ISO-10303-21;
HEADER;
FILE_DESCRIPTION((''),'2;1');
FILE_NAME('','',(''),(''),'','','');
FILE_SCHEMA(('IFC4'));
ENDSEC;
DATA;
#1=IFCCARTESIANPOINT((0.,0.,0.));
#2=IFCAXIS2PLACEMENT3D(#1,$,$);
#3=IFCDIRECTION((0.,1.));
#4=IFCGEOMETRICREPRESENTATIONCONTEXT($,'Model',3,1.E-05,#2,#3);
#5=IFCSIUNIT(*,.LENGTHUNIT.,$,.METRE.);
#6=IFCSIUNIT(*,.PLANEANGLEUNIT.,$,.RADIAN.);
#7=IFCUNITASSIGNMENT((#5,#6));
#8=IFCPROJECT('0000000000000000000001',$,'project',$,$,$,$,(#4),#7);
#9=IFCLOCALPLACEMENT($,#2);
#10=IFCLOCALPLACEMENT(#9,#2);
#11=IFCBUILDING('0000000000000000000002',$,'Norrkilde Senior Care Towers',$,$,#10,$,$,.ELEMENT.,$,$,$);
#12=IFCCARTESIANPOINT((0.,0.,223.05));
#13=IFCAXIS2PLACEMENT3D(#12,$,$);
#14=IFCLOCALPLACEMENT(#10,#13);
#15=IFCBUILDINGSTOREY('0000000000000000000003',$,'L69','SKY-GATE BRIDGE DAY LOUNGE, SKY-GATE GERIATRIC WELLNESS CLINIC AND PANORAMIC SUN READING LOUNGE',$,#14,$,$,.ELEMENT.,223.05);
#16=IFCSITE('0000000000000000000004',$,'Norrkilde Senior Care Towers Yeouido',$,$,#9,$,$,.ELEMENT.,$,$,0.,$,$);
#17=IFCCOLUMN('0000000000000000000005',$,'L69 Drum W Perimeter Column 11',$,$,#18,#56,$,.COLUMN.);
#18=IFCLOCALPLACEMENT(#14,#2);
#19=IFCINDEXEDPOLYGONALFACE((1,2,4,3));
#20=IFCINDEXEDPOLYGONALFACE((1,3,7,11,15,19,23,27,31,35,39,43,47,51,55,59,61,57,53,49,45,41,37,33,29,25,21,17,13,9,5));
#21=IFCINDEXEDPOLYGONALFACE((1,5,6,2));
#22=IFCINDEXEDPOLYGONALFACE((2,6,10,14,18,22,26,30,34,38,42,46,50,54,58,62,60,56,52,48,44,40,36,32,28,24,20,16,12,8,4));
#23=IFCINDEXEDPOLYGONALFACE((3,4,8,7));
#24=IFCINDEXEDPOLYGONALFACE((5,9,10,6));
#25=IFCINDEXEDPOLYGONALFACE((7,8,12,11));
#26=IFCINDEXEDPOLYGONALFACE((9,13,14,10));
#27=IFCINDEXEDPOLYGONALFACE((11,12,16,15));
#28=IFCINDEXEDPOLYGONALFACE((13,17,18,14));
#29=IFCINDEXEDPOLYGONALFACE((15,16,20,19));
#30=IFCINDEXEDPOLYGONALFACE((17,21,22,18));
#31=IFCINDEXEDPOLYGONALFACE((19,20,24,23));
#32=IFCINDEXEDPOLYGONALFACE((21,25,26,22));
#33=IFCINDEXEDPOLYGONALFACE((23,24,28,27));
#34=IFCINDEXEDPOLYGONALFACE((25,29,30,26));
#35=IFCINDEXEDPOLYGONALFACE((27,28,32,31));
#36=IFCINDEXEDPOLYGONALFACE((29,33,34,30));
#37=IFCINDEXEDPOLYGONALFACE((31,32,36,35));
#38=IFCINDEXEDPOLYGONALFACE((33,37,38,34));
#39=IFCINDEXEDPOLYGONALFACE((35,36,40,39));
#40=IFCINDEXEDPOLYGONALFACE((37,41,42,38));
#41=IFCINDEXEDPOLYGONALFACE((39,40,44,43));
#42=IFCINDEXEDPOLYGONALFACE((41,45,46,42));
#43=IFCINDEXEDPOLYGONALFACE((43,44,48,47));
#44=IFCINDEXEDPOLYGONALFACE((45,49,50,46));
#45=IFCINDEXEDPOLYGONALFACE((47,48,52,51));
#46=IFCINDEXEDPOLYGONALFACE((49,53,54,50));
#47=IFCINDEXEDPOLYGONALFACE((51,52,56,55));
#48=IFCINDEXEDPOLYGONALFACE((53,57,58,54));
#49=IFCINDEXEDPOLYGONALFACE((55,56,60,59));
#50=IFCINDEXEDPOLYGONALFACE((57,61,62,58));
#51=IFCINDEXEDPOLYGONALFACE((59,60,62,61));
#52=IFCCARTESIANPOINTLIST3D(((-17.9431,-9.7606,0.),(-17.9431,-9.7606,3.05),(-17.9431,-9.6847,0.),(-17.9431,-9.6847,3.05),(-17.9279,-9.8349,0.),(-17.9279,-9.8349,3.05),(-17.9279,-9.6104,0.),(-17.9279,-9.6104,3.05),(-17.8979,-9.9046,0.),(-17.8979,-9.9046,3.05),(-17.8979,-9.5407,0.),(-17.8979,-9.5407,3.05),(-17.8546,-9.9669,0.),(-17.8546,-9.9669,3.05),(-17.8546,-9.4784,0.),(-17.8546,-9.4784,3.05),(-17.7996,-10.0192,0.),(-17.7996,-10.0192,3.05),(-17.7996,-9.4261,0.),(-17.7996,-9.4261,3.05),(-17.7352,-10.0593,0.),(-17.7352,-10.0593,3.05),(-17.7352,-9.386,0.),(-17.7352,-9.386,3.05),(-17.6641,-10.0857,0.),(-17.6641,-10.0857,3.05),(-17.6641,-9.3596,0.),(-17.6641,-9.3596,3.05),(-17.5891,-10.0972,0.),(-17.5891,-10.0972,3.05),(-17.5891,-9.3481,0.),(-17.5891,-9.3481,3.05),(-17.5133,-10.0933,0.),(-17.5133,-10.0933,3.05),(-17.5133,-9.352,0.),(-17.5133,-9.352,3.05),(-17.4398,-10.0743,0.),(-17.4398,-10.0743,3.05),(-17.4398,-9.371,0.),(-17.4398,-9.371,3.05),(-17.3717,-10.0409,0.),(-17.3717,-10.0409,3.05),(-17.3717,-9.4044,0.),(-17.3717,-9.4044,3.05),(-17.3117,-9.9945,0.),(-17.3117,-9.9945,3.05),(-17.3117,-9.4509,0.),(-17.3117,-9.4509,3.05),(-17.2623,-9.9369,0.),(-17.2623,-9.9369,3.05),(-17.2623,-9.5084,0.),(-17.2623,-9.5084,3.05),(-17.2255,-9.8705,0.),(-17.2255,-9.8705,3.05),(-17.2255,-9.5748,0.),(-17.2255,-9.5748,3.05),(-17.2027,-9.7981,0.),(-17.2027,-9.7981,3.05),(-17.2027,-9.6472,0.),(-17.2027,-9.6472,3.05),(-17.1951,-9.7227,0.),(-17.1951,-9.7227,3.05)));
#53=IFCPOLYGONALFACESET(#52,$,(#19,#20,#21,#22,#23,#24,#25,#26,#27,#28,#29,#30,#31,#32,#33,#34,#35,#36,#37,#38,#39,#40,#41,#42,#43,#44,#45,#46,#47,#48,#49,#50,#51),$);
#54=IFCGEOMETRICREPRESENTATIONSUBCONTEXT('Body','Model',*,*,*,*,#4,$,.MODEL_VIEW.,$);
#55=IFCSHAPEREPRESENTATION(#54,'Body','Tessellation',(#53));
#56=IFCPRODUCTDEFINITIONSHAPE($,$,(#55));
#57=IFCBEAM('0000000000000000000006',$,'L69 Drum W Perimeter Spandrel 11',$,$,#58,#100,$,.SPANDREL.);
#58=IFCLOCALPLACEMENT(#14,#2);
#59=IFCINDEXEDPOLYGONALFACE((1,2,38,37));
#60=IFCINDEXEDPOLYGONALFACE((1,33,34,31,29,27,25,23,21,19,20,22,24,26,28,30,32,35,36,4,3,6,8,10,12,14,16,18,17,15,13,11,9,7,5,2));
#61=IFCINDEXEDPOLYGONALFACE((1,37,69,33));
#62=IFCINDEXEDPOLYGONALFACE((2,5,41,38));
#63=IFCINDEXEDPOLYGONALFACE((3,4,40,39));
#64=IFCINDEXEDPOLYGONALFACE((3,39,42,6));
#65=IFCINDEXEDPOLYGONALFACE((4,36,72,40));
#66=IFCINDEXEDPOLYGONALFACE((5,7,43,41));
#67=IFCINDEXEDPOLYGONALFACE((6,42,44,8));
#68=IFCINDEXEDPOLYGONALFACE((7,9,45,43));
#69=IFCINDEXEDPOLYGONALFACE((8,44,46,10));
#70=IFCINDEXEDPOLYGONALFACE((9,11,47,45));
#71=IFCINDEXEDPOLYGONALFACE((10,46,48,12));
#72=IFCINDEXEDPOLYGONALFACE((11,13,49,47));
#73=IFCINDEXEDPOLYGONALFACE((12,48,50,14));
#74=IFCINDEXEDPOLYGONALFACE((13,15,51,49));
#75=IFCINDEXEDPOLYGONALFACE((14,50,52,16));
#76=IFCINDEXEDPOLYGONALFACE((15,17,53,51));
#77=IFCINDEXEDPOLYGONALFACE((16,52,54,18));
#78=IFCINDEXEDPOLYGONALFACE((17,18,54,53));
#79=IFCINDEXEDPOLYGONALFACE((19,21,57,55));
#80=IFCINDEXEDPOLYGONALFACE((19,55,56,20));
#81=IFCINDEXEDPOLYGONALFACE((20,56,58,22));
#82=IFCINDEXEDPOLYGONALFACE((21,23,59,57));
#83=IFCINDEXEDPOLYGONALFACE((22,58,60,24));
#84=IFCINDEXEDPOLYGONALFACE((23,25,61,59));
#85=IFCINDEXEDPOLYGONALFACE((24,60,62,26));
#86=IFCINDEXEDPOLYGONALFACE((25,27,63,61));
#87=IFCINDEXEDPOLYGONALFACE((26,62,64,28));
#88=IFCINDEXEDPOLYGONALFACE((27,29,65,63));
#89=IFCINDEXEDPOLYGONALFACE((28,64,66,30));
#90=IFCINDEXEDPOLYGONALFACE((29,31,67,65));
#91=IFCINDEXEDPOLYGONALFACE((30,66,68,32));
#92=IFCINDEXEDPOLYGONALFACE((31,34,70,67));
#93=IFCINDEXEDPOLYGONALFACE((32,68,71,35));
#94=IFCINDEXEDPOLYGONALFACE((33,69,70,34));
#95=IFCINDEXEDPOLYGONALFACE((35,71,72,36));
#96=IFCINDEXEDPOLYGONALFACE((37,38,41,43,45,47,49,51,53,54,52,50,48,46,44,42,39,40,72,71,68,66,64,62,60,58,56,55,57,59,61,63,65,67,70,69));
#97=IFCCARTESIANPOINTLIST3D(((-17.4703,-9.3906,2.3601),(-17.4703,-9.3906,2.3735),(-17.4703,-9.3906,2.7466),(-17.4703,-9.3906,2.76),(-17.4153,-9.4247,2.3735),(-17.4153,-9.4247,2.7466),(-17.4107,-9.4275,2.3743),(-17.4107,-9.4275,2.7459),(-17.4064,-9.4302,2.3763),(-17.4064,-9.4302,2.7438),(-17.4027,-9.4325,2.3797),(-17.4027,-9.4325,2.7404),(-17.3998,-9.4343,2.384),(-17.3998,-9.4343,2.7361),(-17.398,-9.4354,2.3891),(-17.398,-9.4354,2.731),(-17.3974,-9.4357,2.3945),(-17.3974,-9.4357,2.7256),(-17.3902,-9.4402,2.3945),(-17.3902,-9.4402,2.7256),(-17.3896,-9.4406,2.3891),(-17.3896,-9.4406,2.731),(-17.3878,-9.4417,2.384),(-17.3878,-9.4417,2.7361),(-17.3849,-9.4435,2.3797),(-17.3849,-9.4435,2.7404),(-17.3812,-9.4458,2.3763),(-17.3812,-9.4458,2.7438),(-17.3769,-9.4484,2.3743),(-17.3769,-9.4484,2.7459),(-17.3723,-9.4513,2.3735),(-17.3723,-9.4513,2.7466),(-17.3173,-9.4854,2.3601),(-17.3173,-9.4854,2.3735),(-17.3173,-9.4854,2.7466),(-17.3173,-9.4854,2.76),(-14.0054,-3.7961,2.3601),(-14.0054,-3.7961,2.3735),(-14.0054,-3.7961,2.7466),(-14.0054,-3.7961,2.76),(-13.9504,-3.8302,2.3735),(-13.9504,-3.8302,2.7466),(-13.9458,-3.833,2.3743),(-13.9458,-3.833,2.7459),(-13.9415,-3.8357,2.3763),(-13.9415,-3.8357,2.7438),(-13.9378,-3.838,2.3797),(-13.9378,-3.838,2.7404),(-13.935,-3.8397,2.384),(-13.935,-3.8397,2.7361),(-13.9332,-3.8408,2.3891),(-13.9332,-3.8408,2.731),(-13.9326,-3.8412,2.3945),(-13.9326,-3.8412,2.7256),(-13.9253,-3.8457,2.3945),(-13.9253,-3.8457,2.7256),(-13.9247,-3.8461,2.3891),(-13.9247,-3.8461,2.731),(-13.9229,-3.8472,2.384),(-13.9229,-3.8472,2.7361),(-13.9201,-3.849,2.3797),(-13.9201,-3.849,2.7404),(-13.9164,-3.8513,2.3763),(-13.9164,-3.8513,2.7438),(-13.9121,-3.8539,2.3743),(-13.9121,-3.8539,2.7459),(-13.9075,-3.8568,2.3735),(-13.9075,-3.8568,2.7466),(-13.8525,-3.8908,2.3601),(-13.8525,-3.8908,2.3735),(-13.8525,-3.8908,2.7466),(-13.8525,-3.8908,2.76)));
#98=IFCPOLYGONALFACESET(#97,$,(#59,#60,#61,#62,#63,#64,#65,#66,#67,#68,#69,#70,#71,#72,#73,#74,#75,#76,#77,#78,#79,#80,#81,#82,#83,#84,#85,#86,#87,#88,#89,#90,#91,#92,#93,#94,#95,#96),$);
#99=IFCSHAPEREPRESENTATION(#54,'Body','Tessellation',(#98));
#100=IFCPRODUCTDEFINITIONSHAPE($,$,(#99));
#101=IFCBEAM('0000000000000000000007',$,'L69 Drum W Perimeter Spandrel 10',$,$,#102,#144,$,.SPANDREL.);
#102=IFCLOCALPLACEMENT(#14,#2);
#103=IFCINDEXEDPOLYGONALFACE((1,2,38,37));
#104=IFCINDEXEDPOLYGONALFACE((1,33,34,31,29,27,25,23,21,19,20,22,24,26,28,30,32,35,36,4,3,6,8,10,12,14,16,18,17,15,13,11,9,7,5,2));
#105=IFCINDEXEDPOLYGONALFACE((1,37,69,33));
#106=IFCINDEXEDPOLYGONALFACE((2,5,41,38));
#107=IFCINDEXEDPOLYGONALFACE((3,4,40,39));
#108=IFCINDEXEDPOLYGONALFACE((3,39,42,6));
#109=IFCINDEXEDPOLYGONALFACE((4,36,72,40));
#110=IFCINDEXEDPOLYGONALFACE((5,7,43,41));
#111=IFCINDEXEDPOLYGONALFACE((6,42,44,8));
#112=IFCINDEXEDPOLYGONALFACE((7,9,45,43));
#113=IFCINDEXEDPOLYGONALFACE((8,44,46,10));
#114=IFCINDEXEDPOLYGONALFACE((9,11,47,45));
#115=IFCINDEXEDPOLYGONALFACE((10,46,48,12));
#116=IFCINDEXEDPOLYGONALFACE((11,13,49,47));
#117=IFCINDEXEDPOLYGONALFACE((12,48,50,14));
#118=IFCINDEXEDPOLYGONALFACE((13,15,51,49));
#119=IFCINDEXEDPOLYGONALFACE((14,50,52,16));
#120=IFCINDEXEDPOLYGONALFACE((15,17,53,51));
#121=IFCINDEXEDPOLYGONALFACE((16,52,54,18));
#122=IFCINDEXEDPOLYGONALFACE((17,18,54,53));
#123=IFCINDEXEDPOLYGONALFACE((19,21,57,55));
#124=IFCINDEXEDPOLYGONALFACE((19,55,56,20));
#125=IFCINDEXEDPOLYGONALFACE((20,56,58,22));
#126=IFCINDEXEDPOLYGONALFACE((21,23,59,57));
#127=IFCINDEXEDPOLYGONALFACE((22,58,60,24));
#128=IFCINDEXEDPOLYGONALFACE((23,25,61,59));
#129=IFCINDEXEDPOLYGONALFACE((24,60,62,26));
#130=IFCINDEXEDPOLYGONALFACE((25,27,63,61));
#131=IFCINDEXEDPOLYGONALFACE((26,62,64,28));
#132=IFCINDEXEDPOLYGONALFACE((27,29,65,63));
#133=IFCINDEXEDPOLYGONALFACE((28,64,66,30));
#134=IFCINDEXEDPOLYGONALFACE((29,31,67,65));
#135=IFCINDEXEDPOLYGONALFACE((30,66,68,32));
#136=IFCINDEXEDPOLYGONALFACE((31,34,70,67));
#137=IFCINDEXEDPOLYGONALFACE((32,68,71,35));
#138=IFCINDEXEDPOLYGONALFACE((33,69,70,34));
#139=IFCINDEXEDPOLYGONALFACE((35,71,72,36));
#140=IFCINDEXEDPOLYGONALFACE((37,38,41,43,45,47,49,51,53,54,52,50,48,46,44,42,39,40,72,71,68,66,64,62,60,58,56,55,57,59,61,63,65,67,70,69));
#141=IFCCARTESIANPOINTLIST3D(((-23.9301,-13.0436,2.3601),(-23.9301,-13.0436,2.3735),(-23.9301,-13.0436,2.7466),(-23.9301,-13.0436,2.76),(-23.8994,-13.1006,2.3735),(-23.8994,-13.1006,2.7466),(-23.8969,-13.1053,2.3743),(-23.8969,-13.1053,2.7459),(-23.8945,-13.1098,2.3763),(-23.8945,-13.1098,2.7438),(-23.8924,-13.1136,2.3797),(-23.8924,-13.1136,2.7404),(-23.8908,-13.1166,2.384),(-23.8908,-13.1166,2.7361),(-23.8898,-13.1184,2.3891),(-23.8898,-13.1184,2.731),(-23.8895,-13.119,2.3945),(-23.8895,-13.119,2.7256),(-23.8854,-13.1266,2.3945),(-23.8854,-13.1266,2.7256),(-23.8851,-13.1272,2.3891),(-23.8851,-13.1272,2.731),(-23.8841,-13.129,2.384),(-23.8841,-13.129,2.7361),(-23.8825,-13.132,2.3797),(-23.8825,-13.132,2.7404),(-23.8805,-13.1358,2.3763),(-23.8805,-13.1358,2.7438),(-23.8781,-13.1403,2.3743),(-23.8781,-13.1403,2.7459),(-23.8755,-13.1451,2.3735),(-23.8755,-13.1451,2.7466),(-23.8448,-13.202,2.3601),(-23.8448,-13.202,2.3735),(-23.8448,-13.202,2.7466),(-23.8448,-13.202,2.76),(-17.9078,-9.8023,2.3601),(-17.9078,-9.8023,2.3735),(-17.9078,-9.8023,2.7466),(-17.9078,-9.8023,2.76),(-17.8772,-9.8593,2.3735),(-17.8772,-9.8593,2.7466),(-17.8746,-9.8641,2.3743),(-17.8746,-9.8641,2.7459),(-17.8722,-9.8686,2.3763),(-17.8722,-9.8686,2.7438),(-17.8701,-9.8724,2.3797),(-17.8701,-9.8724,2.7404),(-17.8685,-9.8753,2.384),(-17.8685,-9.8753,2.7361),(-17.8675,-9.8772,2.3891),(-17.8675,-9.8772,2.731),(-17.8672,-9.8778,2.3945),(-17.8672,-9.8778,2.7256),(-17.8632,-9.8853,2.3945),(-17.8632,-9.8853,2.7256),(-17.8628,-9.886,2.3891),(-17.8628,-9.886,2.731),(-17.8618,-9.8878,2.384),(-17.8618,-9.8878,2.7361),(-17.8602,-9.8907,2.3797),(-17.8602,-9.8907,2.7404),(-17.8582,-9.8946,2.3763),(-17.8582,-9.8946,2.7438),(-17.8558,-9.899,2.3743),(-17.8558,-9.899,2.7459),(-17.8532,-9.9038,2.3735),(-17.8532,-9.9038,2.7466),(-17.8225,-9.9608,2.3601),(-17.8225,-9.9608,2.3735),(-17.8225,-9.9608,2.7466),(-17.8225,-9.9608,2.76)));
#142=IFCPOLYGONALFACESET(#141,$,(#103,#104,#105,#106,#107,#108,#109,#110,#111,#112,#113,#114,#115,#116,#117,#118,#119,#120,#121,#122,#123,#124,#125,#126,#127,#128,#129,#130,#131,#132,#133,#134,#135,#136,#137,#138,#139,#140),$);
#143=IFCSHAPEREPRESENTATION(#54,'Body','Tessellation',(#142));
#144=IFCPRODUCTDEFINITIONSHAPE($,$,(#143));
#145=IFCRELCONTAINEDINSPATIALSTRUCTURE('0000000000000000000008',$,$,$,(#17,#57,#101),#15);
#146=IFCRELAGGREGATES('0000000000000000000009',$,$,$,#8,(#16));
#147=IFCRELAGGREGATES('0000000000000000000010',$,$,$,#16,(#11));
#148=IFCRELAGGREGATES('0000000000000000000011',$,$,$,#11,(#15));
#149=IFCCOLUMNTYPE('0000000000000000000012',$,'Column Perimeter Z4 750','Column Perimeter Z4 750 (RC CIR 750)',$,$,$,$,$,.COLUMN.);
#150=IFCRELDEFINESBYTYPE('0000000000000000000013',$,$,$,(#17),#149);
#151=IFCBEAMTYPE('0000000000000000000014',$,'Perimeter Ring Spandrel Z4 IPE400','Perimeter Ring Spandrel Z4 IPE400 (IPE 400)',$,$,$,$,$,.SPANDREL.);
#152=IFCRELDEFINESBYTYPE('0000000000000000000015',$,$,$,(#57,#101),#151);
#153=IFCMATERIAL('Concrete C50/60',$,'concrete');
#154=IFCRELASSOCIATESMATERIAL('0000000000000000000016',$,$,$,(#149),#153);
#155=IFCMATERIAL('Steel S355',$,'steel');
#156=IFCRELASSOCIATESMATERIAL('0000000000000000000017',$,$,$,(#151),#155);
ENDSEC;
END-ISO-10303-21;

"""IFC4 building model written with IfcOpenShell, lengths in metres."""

from ifc_helpers import new_model, si_unit, direction, frame, origin, origin_2d, place, context, subcontext, project, spatial, circle, i_section, extrude, source, transform, mapped, material, material_profile, profile_set, type_object, type_shapes, element, save


model = new_model("IFC4")

# Units and contexts
model_context = context("Model", 3, precision=1e-05, world=origin(), true_north=direction((0.0, 1.0)))
body_context = subcontext(model_context, "Body", "Model", "MODEL_VIEW")
ifc_project = project(units=[si_unit("LENGTHUNIT", "METRE"), si_unit("PLANEANGLEUNIT", "RADIAN")], contexts=[model_context])

# Site, building, storey
site_placement = place(None, origin())
site = spatial("IfcSite", under=ifc_project, at=site_placement, Name="Norrkilde Senior Care Towers Yeouido", CompositionType="ELEMENT", RefElevation=0.0)
building_placement = place(site_placement, origin())
building = spatial("IfcBuilding", under=site, at=building_placement, Name="Norrkilde Senior Care Towers", CompositionType="ELEMENT")
storey_placement = place(building_placement, frame((0.0, 0.0, 223.05)))
storey = spatial("IfcBuildingStorey", under=building, at=storey_placement, Name="L69", Description="SKY-GATE BRIDGE DAY LOUNGE, SKY-GATE GERIATRIC WELLNESS CLINIC AND PANORAMIC SUN READING LOUNGE", CompositionType="ELEMENT", Elevation=223.05)

# Column
ifc_material_1 = material(Name="Concrete C50/60", Category="concrete")
ifc_material_profile_1 = material_profile(ifc_material_1, circle(Radius=0.375, at=origin_2d()), Name="RC CIR 750")
ifc_profile_set_1 = profile_set([ifc_material_profile_1], Name="Concrete C50/60")
column_type = type_object("IfcColumnType", Name="Column Perimeter Z4 750", Description="Column Perimeter Z4 750 (RC CIR 750)", PredefinedType="COLUMN", material=ifc_profile_set_1)
shared_shape_1 = source(origin(), body_context, "Body", "SweptSolid", [
    extrude(circle(Radius=0.375, at=origin_2d()), origin(), (0.0, 0.0, 1.0), 3.05),
])
type_shapes(column_type, [shared_shape_1])
column_placement = place(storey_placement, frame((-17.5701, -9.7227, 0.0), z_axis=(0.0, 0.0, 1.0), x_axis=(1.0, 0.0, 0.0)))
element("IfcColumn", 1, at=column_placement, inside=storey, type_object=column_type, Name="L69 Drum W Perimeter Column 11", PredefinedType="COLUMN", context=body_context, shape_type="MappedRepresentation", body=[
    mapped(shared_shape_1, transform((0.0, 0.0, 0.0), x_axis=(1.0, 0.0, 0.0), y_axis=(0.0, 1.0, 0.0), z_axis=(0.0, 0.0, 1.0), scale=1.0)),
])

# Beams
ifc_material_2 = material(Name="Steel S355", Category="steel")
ifc_material_profile_2 = material_profile(ifc_material_2, i_section(OverallWidth=0.1799, OverallDepth=0.3999, WebThickness=0.0085, FlangeThickness=0.0134, FilletRadius=0.021, at=origin_2d()), Name="IPE 400")
ifc_profile_set_2 = profile_set([ifc_material_profile_2], Name="Steel S355")
beam_type_1 = type_object("IfcBeamType", Name="Perimeter Ring Spandrel Z4 IPE400", Description="Perimeter Ring Spandrel Z4 IPE400 (IPE 400)", PredefinedType="SPANDREL", material=ifc_profile_set_2)
shared_shape_2 = source(origin(), body_context, "Body", "SweptSolid", [
    extrude(i_section(OverallWidth=0.1799, OverallDepth=0.3999, WebThickness=0.0085, FlangeThickness=0.0134, FilletRadius=0.021, at=origin_2d()), origin(), (0.0, 0.0, 1.0), 6.5806),
])
beam_1_placement = place(storey_placement, frame((-17.3938, -9.438, 2.5601), z_axis=(0.52653, 0.850157, 0.0), x_axis=(-0.850157, 0.52653, 0.0)))
element("IfcBeam", 2, at=beam_1_placement, inside=storey, type_object=beam_type_1, Name="L69 Drum W Perimeter Spandrel 11", PredefinedType="SPANDREL", context=body_context, shape_type="MappedRepresentation", body=[
    mapped(shared_shape_2, transform((0.0, 0.0, 0.0), x_axis=(1.0, 0.0, 0.0), y_axis=(0.0, 1.0, 0.0), z_axis=(0.0, 0.0, 1.0), scale=1.0)),
])
shared_shape_3 = source(origin(), body_context, "Body", "SweptSolid", [
    extrude(i_section(OverallWidth=0.1799, OverallDepth=0.3999, WebThickness=0.0085, FlangeThickness=0.0134, FilletRadius=0.021, at=origin_2d()), origin(), (0.0, 0.0, 1.0), 6.8391),
])
type_shapes(beam_type_1, [shared_shape_2, shared_shape_3])
beam_2_placement = place(storey_placement, frame((-23.8875, -13.1228, 2.5601), z_axis=(0.880564, 0.473927, 0.0), x_axis=(-0.473927, 0.880564, 0.0)))
element("IfcBeam", 3, at=beam_2_placement, inside=storey, type_object=beam_type_1, Name="L69 Drum W Perimeter Spandrel 10", PredefinedType="SPANDREL", context=body_context, shape_type="MappedRepresentation", body=[
    mapped(shared_shape_3, transform((0.0, 0.0, 0.0), x_axis=(1.0, 0.0, 0.0), y_axis=(0.0, 1.0, 0.0), z_axis=(0.0, 0.0, 1.0), scale=1.0)),
])

save(model, "model.ifc")
